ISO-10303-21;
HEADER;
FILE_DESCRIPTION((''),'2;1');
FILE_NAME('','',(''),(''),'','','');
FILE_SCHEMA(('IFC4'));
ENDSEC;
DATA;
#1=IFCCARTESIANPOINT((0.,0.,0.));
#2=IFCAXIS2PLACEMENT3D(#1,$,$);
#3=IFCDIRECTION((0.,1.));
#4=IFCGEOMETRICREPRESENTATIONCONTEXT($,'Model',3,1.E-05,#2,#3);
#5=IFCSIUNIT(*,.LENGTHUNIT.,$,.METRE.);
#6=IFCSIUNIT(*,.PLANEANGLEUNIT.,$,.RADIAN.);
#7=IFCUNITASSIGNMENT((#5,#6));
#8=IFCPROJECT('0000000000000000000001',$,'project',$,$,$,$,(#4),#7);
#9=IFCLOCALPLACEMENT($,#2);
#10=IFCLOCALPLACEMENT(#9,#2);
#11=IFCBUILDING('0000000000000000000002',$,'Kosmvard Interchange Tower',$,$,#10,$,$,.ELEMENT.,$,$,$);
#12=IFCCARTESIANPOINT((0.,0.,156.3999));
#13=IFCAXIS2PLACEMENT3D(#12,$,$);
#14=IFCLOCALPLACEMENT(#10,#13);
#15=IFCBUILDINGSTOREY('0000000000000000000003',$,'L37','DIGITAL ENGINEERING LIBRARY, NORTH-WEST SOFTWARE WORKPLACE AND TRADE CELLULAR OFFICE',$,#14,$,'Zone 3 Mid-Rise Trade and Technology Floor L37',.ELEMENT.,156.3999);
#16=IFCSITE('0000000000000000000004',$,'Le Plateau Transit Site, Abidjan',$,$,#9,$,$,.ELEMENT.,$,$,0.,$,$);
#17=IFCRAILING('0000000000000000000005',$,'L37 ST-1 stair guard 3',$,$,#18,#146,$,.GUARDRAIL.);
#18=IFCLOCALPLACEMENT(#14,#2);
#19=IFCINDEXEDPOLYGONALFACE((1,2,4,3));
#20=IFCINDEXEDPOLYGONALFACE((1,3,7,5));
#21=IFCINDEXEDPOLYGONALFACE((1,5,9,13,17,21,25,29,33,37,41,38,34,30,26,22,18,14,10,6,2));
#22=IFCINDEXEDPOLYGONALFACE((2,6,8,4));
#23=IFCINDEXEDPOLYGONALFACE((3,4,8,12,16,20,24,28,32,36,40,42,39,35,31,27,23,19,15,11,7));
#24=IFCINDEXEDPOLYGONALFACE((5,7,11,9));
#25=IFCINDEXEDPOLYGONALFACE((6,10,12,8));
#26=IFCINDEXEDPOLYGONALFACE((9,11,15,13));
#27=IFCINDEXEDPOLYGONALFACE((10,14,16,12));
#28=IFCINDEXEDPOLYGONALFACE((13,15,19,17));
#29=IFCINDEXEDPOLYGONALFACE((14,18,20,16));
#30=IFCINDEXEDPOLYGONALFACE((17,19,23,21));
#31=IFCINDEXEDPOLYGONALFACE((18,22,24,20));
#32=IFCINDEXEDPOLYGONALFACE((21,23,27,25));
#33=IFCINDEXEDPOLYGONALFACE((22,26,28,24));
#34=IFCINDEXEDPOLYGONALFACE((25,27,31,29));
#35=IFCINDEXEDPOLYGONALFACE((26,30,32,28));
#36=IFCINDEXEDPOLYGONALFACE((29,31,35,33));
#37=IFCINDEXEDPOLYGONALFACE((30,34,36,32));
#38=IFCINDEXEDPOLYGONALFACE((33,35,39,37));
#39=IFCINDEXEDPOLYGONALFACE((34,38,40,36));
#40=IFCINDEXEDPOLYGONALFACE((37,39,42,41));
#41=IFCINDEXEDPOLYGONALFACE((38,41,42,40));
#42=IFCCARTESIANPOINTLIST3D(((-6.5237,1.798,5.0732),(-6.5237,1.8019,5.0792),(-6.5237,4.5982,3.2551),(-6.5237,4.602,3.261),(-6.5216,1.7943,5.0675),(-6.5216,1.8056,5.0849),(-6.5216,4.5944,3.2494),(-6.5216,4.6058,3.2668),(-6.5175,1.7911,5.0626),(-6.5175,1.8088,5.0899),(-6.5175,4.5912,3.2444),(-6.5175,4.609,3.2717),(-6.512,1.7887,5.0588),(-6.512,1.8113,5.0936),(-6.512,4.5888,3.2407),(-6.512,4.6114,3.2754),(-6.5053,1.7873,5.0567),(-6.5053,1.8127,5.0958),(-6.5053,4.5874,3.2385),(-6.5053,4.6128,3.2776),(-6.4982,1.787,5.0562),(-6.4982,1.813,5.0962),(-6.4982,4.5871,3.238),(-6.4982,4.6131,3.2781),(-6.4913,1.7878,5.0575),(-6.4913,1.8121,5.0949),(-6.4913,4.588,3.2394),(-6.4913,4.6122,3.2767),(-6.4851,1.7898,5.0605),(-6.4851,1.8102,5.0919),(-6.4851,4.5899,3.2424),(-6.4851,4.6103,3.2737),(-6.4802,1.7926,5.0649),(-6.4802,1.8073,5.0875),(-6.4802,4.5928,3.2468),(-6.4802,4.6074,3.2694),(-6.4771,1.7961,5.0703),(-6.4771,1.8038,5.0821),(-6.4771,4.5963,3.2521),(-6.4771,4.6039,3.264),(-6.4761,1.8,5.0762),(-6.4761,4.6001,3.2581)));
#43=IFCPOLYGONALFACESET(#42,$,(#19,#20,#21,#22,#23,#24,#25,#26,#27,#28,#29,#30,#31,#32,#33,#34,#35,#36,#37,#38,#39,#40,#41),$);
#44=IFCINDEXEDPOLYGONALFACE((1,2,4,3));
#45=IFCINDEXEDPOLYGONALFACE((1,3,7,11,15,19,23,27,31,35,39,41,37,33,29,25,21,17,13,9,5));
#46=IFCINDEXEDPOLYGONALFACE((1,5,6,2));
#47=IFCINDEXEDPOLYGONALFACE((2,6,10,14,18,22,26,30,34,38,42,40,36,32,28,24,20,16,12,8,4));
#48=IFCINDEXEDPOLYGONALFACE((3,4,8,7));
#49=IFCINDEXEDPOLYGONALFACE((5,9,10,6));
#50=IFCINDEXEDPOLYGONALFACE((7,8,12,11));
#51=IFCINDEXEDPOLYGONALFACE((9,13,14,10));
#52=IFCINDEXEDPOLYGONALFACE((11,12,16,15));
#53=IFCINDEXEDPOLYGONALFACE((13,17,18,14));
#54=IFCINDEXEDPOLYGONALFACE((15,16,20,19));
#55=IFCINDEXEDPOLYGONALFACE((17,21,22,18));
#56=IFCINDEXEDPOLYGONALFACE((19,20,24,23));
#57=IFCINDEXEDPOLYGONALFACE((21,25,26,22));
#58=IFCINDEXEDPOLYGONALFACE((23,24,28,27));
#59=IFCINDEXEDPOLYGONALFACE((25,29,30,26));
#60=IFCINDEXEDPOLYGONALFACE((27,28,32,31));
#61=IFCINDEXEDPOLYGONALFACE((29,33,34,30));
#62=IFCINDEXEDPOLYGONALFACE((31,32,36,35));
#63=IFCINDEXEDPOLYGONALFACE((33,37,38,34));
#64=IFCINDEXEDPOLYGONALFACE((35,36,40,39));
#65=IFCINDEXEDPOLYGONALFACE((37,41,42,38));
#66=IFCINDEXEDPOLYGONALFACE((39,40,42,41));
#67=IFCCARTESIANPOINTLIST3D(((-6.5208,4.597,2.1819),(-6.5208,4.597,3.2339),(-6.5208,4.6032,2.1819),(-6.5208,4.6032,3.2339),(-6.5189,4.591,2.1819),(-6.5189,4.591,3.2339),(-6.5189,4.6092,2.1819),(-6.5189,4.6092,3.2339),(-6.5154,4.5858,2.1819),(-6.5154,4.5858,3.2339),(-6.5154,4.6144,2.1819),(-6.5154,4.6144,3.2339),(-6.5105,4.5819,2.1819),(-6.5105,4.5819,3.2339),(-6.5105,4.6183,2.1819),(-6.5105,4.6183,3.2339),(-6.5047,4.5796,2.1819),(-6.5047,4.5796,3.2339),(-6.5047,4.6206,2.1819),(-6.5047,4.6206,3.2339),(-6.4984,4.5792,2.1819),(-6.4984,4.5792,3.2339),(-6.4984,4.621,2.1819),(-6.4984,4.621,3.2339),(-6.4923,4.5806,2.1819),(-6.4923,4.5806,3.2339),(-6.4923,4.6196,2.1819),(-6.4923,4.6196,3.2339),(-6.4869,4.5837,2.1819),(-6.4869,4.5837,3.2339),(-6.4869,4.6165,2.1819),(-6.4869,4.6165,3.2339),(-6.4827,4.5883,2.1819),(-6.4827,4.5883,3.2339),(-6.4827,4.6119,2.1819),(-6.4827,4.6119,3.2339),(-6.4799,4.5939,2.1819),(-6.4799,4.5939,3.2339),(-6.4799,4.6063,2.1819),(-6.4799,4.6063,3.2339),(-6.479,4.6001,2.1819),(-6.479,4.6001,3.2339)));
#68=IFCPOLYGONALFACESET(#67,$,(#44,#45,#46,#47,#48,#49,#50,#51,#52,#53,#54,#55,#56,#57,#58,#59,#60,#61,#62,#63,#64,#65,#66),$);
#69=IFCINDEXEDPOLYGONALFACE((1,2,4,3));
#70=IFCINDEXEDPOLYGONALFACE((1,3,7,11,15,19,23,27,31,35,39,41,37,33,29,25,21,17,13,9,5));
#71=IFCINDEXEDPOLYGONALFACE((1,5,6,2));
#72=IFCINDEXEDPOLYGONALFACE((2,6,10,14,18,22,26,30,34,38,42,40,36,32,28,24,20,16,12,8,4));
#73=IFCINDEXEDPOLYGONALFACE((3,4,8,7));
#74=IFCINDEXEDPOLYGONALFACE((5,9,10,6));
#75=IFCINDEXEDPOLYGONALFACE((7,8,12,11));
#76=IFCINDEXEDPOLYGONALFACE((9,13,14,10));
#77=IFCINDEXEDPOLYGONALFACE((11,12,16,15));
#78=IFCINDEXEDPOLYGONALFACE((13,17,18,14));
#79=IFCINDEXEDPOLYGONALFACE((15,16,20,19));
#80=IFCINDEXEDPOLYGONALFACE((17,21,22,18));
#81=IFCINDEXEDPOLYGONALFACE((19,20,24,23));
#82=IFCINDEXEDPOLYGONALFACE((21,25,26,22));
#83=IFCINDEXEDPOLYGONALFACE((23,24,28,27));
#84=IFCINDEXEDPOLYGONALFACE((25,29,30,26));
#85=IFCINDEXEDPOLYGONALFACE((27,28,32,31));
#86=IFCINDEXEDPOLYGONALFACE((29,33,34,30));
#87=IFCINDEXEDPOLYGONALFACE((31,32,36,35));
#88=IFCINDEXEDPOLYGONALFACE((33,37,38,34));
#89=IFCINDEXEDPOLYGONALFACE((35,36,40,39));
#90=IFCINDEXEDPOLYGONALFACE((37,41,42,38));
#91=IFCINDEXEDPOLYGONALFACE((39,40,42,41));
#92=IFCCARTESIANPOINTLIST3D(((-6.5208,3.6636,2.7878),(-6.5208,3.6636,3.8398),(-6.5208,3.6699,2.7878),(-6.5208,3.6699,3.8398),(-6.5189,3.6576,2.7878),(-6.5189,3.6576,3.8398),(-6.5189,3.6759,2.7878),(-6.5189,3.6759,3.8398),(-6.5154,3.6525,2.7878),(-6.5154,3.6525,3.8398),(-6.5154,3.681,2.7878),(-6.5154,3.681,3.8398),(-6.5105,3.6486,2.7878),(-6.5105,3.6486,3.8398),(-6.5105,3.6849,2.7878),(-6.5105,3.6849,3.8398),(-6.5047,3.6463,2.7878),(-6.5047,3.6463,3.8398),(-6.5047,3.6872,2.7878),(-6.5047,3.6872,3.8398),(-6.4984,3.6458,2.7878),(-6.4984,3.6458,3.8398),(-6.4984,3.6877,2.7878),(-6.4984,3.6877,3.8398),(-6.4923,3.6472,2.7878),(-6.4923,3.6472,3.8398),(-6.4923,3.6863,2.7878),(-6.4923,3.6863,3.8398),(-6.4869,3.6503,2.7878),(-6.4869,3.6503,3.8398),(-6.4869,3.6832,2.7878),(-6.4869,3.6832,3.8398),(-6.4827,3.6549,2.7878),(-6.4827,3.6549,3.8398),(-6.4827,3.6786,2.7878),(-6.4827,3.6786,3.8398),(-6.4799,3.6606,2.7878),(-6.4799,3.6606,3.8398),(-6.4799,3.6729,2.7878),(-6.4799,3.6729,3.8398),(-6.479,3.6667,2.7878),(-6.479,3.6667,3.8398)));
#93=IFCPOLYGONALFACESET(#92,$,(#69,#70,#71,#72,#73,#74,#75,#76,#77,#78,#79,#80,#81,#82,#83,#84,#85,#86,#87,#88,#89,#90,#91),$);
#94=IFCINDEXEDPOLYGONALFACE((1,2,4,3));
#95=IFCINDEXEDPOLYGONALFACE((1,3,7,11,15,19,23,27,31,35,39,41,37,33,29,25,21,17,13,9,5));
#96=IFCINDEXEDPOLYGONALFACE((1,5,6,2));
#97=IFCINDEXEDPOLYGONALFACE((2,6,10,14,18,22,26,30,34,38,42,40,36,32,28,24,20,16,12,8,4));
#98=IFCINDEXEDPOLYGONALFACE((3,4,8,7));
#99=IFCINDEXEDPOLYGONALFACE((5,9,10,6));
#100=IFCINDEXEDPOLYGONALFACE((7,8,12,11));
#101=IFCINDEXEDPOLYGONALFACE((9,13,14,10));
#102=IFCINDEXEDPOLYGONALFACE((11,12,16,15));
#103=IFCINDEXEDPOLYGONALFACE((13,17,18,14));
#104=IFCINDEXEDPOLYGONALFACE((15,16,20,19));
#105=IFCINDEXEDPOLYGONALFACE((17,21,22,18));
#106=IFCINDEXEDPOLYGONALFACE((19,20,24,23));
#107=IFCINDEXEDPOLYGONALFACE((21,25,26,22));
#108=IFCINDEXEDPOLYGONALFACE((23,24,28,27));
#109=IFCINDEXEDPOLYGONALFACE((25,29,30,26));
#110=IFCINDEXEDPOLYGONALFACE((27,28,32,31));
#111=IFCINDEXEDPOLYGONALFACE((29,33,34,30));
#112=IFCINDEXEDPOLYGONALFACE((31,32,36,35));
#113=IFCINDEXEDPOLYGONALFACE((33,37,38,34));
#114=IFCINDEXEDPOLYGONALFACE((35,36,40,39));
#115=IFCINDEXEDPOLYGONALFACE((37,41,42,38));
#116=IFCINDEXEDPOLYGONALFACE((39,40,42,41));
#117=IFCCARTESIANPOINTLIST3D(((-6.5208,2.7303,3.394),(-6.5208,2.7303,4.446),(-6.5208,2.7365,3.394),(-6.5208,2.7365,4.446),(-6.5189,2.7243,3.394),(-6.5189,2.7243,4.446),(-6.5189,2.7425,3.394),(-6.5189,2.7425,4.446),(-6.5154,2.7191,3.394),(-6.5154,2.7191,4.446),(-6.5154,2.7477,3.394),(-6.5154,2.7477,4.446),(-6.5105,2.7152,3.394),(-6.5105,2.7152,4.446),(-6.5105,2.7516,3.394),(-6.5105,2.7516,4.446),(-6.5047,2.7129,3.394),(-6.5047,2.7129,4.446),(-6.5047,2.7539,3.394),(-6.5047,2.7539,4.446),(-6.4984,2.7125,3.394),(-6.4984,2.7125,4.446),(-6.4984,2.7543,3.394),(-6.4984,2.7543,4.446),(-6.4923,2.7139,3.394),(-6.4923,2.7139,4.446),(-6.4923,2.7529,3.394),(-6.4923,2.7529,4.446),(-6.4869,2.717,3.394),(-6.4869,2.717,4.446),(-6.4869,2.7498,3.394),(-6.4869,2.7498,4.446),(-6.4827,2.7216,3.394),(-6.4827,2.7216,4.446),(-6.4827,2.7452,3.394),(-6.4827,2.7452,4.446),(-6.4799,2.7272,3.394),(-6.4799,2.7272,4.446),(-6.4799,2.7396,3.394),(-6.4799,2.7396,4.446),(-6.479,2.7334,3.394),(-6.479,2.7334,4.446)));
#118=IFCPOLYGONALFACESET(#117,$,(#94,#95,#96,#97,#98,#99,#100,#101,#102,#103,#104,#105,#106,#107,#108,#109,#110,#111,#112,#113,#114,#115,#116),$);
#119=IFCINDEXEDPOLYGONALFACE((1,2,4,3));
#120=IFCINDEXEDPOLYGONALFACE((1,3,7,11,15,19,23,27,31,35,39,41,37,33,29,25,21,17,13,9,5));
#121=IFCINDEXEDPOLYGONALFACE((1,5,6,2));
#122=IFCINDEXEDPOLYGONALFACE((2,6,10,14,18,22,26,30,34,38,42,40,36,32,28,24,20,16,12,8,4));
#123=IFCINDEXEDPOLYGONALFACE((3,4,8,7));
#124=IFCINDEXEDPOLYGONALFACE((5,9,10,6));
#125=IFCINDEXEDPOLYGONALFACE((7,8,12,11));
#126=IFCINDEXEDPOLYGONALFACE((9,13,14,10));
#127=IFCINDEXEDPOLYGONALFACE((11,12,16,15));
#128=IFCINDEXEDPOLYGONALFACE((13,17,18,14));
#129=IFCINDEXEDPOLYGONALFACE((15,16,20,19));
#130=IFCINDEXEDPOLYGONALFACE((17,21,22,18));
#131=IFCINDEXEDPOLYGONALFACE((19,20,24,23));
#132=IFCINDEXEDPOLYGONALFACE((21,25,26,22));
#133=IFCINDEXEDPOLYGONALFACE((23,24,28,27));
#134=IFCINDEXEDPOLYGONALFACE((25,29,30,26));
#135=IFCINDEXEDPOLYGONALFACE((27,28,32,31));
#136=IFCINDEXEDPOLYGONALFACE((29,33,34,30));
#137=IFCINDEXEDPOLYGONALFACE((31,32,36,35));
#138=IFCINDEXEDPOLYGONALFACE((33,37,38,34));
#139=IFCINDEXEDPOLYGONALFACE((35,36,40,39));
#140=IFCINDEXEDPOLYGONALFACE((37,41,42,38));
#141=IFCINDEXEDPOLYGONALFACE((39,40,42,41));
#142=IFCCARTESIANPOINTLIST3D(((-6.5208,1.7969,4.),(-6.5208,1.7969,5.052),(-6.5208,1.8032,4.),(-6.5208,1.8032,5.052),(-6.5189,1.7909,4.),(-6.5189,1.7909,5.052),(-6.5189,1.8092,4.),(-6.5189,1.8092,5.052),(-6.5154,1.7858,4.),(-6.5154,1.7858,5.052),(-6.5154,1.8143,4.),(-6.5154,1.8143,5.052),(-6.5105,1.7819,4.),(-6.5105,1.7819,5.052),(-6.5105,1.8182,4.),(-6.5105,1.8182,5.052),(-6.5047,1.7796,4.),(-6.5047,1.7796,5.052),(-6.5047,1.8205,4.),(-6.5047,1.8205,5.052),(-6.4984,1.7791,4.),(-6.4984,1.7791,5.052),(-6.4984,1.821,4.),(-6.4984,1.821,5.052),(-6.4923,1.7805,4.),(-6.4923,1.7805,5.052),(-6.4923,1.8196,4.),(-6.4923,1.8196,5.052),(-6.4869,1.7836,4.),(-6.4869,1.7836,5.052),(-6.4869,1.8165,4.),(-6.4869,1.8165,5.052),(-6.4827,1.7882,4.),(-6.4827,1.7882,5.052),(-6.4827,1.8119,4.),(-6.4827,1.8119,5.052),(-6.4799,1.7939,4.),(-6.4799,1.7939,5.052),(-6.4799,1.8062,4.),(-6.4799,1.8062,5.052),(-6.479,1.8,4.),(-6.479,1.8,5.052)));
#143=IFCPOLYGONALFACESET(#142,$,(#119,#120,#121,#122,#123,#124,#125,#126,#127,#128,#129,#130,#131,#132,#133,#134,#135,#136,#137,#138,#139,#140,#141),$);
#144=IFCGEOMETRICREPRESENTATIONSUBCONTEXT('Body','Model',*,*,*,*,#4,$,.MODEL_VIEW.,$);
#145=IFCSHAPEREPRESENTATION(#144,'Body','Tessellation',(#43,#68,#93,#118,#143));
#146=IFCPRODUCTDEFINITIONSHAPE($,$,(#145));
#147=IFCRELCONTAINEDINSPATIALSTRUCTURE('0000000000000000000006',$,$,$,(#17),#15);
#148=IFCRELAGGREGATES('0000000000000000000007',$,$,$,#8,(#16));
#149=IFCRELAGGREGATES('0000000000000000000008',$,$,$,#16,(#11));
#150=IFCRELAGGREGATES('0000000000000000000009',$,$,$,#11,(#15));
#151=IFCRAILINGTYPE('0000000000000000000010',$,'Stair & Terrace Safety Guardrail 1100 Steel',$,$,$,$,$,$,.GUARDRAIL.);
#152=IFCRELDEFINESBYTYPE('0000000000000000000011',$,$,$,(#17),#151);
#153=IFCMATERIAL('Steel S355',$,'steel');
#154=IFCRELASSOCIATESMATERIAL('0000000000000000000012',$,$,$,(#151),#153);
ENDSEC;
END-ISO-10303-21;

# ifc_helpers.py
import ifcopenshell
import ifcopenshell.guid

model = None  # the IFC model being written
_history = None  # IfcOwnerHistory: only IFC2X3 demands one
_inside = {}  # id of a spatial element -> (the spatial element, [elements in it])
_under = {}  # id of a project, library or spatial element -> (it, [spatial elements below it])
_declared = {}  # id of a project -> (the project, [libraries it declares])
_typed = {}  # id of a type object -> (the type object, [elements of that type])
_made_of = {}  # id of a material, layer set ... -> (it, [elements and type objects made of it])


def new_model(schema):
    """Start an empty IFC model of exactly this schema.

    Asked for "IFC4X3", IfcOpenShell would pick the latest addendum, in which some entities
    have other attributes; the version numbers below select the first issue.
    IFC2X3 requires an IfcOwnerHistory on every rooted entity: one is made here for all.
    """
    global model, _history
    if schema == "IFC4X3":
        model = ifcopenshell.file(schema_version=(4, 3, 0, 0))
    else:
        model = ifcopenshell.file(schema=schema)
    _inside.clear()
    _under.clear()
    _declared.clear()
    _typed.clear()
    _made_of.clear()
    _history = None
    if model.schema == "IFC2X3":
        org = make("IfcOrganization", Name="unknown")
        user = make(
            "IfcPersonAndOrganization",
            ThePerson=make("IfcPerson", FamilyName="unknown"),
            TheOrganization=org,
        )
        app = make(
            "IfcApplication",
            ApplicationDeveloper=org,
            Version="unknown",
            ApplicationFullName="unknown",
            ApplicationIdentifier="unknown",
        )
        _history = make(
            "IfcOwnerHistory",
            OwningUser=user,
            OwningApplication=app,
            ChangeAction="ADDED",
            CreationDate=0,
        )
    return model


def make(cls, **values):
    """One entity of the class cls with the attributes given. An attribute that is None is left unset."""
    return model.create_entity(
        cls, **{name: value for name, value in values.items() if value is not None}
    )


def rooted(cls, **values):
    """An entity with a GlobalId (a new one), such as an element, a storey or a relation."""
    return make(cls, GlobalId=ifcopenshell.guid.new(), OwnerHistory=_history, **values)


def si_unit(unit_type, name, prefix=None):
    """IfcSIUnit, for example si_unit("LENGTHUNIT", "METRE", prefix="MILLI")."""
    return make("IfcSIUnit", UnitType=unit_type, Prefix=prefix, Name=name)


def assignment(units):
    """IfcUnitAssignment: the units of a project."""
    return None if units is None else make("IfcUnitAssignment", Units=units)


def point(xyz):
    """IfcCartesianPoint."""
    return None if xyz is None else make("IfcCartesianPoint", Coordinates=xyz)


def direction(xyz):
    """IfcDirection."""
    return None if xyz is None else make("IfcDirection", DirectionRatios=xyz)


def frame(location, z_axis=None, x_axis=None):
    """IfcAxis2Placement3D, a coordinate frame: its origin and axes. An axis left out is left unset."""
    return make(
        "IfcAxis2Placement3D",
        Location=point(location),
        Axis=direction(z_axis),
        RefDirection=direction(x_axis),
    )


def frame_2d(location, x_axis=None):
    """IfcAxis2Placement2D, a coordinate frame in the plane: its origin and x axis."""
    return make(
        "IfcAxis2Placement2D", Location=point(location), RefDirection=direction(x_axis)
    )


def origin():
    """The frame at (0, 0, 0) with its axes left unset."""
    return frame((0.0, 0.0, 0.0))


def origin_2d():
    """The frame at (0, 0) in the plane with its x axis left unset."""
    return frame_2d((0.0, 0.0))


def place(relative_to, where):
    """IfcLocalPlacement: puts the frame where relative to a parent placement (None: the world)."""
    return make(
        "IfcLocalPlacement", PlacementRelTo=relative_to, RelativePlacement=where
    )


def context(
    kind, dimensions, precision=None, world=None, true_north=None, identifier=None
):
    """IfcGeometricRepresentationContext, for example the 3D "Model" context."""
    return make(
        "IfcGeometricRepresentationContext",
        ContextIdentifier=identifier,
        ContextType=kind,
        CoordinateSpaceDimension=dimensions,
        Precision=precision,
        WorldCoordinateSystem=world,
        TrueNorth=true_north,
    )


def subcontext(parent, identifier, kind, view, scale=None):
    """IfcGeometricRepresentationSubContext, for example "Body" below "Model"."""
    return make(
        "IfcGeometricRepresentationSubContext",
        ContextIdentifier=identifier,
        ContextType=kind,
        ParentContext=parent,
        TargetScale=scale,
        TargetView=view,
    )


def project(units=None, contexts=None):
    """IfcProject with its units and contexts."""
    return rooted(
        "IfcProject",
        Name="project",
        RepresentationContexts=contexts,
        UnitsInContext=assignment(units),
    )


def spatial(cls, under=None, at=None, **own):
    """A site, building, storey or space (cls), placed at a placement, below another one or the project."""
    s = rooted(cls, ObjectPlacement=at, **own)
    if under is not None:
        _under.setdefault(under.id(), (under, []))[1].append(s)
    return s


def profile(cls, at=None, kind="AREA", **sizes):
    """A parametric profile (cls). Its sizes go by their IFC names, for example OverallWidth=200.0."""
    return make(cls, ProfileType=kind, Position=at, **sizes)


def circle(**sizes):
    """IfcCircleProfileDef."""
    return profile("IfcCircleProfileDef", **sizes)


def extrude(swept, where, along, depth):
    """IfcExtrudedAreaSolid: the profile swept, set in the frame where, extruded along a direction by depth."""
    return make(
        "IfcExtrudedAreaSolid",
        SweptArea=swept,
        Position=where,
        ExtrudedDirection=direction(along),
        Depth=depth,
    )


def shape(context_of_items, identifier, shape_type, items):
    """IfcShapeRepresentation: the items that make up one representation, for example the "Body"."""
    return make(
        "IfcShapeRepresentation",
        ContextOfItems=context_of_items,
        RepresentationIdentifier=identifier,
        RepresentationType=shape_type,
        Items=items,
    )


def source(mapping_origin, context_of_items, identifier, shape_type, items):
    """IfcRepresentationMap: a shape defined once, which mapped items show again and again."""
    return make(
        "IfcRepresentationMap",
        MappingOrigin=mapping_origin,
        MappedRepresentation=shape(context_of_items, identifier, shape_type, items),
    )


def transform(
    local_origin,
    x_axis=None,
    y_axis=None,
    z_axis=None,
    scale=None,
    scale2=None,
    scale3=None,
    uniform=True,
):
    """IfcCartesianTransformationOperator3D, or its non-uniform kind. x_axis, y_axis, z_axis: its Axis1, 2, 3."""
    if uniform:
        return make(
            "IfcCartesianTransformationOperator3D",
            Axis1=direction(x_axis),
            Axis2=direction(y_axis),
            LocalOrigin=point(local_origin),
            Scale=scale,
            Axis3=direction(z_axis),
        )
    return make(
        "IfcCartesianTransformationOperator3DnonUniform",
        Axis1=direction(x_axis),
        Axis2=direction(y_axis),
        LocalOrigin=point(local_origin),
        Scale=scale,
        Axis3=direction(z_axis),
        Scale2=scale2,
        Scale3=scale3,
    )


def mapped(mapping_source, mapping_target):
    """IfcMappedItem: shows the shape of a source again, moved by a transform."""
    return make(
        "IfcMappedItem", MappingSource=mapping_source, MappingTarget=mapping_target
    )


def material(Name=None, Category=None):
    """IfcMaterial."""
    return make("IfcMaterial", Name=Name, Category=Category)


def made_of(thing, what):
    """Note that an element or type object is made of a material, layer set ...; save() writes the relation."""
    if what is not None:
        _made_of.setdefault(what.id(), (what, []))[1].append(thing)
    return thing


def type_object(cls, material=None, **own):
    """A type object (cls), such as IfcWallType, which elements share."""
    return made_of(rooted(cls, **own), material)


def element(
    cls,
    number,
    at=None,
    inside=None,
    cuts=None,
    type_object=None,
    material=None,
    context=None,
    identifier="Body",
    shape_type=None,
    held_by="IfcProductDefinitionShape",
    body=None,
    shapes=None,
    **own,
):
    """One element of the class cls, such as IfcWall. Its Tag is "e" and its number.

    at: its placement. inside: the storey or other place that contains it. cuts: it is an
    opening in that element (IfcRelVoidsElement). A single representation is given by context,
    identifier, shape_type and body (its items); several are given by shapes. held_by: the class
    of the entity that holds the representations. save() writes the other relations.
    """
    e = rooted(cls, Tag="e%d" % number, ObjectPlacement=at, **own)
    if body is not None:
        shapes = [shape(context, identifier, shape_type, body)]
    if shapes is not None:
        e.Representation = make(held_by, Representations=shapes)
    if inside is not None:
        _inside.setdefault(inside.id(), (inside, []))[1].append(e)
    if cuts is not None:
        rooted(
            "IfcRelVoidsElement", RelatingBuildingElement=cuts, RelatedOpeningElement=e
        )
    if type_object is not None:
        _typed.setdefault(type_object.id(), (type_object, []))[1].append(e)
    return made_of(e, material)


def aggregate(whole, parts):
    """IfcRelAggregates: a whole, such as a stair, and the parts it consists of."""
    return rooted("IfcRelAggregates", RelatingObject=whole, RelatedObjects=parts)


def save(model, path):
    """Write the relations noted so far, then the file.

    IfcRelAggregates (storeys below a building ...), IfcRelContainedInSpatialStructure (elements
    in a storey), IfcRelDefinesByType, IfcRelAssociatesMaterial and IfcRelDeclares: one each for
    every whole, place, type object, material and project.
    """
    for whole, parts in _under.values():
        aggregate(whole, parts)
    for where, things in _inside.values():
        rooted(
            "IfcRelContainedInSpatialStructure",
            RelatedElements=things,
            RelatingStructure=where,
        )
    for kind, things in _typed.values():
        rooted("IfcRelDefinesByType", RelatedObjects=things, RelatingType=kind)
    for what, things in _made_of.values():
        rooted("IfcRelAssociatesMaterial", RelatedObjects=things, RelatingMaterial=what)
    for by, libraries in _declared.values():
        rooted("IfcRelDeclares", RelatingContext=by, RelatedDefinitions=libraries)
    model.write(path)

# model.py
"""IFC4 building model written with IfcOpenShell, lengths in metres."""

from ifc_helpers import new_model, si_unit, direction, frame, origin, origin_2d, place, context, subcontext, project, spatial, circle, extrude, source, transform, mapped, material, type_object, element, save


model = new_model("IFC4")

# Units and contexts
model_context = context("Model", 3, precision=1e-05, world=origin(), true_north=direction((0.0, 1.0)))
body_context = subcontext(model_context, "Body", "Model", "MODEL_VIEW")
ifc_project = project(units=[si_unit("LENGTHUNIT", "METRE"), si_unit("PLANEANGLEUNIT", "RADIAN")], contexts=[model_context])

# Site, building, storey
site_placement = place(None, origin())
site = spatial("IfcSite", under=ifc_project, at=site_placement, Name="Le Plateau Transit Site, Abidjan", CompositionType="ELEMENT", RefElevation=0.0)
building_placement = place(site_placement, origin())
building = spatial("IfcBuilding", under=site, at=building_placement, Name="Kosmvard Interchange Tower", CompositionType="ELEMENT")
storey_placement = place(building_placement, frame((0.0, 0.0, 156.3999)))
storey = spatial("IfcBuildingStorey", under=building, at=storey_placement, Name="L37", Description="DIGITAL ENGINEERING LIBRARY, NORTH-WEST SOFTWARE WORKPLACE AND TRADE CELLULAR OFFICE", LongName="Zone 3 Mid-Rise Trade and Technology Floor L37", CompositionType="ELEMENT", Elevation=156.3999)

# Railing
ifc_material_1 = material(Name="Steel S355", Category="steel")
railing_type_1 = type_object("IfcRailingType", Name="Stair & Terrace Safety Guardrail 1100 Steel", PredefinedType="GUARDRAIL", material=ifc_material_1)
shared_shape_1 = source(origin(), body_context, "Body", "SweptSolid", [
    extrude(circle(Radius=0.0239, at=origin_2d()), frame((0.0, 0.0, 1.0762), z_axis=(0.0, -0.838706, 0.544585), x_axis=(1.0, 0.0, 0.0)), (0.0, 0.0, 1.0), 3.3386),
    extrude(circle(Radius=0.021, at=origin_2d()), origin(), (0.0, 0.0, 1.0), 1.052),
    extrude(circle(Radius=0.021, at=origin_2d()), frame((0.0, -0.9333, 0.606)), (0.0, 0.0, 1.0), 1.052),
    extrude(circle(Radius=0.021, at=origin_2d()), frame((0.0, -1.8667, 1.2122)), (0.0, 0.0, 1.0), 1.052),
    extrude(circle(Radius=0.021, at=origin_2d()), frame((0.0, -2.8, 1.8181)), (0.0, 0.0, 1.0), 1.052),
])
railing_1_placement = place(storey_placement, frame((-6.5, 4.6001, 2.1819)))
element("IfcRailing", 1, at=railing_1_placement, inside=storey, type_object=railing_type_1, Name="L37 ST-1 stair guard 3", PredefinedType="GUARDRAIL", context=body_context, shape_type="MappedRepresentation", body=[
    mapped(shared_shape_1, transform((0.0, 0.0, 0.0), scale=1.0)),
])

save(model, "model.ifc")
